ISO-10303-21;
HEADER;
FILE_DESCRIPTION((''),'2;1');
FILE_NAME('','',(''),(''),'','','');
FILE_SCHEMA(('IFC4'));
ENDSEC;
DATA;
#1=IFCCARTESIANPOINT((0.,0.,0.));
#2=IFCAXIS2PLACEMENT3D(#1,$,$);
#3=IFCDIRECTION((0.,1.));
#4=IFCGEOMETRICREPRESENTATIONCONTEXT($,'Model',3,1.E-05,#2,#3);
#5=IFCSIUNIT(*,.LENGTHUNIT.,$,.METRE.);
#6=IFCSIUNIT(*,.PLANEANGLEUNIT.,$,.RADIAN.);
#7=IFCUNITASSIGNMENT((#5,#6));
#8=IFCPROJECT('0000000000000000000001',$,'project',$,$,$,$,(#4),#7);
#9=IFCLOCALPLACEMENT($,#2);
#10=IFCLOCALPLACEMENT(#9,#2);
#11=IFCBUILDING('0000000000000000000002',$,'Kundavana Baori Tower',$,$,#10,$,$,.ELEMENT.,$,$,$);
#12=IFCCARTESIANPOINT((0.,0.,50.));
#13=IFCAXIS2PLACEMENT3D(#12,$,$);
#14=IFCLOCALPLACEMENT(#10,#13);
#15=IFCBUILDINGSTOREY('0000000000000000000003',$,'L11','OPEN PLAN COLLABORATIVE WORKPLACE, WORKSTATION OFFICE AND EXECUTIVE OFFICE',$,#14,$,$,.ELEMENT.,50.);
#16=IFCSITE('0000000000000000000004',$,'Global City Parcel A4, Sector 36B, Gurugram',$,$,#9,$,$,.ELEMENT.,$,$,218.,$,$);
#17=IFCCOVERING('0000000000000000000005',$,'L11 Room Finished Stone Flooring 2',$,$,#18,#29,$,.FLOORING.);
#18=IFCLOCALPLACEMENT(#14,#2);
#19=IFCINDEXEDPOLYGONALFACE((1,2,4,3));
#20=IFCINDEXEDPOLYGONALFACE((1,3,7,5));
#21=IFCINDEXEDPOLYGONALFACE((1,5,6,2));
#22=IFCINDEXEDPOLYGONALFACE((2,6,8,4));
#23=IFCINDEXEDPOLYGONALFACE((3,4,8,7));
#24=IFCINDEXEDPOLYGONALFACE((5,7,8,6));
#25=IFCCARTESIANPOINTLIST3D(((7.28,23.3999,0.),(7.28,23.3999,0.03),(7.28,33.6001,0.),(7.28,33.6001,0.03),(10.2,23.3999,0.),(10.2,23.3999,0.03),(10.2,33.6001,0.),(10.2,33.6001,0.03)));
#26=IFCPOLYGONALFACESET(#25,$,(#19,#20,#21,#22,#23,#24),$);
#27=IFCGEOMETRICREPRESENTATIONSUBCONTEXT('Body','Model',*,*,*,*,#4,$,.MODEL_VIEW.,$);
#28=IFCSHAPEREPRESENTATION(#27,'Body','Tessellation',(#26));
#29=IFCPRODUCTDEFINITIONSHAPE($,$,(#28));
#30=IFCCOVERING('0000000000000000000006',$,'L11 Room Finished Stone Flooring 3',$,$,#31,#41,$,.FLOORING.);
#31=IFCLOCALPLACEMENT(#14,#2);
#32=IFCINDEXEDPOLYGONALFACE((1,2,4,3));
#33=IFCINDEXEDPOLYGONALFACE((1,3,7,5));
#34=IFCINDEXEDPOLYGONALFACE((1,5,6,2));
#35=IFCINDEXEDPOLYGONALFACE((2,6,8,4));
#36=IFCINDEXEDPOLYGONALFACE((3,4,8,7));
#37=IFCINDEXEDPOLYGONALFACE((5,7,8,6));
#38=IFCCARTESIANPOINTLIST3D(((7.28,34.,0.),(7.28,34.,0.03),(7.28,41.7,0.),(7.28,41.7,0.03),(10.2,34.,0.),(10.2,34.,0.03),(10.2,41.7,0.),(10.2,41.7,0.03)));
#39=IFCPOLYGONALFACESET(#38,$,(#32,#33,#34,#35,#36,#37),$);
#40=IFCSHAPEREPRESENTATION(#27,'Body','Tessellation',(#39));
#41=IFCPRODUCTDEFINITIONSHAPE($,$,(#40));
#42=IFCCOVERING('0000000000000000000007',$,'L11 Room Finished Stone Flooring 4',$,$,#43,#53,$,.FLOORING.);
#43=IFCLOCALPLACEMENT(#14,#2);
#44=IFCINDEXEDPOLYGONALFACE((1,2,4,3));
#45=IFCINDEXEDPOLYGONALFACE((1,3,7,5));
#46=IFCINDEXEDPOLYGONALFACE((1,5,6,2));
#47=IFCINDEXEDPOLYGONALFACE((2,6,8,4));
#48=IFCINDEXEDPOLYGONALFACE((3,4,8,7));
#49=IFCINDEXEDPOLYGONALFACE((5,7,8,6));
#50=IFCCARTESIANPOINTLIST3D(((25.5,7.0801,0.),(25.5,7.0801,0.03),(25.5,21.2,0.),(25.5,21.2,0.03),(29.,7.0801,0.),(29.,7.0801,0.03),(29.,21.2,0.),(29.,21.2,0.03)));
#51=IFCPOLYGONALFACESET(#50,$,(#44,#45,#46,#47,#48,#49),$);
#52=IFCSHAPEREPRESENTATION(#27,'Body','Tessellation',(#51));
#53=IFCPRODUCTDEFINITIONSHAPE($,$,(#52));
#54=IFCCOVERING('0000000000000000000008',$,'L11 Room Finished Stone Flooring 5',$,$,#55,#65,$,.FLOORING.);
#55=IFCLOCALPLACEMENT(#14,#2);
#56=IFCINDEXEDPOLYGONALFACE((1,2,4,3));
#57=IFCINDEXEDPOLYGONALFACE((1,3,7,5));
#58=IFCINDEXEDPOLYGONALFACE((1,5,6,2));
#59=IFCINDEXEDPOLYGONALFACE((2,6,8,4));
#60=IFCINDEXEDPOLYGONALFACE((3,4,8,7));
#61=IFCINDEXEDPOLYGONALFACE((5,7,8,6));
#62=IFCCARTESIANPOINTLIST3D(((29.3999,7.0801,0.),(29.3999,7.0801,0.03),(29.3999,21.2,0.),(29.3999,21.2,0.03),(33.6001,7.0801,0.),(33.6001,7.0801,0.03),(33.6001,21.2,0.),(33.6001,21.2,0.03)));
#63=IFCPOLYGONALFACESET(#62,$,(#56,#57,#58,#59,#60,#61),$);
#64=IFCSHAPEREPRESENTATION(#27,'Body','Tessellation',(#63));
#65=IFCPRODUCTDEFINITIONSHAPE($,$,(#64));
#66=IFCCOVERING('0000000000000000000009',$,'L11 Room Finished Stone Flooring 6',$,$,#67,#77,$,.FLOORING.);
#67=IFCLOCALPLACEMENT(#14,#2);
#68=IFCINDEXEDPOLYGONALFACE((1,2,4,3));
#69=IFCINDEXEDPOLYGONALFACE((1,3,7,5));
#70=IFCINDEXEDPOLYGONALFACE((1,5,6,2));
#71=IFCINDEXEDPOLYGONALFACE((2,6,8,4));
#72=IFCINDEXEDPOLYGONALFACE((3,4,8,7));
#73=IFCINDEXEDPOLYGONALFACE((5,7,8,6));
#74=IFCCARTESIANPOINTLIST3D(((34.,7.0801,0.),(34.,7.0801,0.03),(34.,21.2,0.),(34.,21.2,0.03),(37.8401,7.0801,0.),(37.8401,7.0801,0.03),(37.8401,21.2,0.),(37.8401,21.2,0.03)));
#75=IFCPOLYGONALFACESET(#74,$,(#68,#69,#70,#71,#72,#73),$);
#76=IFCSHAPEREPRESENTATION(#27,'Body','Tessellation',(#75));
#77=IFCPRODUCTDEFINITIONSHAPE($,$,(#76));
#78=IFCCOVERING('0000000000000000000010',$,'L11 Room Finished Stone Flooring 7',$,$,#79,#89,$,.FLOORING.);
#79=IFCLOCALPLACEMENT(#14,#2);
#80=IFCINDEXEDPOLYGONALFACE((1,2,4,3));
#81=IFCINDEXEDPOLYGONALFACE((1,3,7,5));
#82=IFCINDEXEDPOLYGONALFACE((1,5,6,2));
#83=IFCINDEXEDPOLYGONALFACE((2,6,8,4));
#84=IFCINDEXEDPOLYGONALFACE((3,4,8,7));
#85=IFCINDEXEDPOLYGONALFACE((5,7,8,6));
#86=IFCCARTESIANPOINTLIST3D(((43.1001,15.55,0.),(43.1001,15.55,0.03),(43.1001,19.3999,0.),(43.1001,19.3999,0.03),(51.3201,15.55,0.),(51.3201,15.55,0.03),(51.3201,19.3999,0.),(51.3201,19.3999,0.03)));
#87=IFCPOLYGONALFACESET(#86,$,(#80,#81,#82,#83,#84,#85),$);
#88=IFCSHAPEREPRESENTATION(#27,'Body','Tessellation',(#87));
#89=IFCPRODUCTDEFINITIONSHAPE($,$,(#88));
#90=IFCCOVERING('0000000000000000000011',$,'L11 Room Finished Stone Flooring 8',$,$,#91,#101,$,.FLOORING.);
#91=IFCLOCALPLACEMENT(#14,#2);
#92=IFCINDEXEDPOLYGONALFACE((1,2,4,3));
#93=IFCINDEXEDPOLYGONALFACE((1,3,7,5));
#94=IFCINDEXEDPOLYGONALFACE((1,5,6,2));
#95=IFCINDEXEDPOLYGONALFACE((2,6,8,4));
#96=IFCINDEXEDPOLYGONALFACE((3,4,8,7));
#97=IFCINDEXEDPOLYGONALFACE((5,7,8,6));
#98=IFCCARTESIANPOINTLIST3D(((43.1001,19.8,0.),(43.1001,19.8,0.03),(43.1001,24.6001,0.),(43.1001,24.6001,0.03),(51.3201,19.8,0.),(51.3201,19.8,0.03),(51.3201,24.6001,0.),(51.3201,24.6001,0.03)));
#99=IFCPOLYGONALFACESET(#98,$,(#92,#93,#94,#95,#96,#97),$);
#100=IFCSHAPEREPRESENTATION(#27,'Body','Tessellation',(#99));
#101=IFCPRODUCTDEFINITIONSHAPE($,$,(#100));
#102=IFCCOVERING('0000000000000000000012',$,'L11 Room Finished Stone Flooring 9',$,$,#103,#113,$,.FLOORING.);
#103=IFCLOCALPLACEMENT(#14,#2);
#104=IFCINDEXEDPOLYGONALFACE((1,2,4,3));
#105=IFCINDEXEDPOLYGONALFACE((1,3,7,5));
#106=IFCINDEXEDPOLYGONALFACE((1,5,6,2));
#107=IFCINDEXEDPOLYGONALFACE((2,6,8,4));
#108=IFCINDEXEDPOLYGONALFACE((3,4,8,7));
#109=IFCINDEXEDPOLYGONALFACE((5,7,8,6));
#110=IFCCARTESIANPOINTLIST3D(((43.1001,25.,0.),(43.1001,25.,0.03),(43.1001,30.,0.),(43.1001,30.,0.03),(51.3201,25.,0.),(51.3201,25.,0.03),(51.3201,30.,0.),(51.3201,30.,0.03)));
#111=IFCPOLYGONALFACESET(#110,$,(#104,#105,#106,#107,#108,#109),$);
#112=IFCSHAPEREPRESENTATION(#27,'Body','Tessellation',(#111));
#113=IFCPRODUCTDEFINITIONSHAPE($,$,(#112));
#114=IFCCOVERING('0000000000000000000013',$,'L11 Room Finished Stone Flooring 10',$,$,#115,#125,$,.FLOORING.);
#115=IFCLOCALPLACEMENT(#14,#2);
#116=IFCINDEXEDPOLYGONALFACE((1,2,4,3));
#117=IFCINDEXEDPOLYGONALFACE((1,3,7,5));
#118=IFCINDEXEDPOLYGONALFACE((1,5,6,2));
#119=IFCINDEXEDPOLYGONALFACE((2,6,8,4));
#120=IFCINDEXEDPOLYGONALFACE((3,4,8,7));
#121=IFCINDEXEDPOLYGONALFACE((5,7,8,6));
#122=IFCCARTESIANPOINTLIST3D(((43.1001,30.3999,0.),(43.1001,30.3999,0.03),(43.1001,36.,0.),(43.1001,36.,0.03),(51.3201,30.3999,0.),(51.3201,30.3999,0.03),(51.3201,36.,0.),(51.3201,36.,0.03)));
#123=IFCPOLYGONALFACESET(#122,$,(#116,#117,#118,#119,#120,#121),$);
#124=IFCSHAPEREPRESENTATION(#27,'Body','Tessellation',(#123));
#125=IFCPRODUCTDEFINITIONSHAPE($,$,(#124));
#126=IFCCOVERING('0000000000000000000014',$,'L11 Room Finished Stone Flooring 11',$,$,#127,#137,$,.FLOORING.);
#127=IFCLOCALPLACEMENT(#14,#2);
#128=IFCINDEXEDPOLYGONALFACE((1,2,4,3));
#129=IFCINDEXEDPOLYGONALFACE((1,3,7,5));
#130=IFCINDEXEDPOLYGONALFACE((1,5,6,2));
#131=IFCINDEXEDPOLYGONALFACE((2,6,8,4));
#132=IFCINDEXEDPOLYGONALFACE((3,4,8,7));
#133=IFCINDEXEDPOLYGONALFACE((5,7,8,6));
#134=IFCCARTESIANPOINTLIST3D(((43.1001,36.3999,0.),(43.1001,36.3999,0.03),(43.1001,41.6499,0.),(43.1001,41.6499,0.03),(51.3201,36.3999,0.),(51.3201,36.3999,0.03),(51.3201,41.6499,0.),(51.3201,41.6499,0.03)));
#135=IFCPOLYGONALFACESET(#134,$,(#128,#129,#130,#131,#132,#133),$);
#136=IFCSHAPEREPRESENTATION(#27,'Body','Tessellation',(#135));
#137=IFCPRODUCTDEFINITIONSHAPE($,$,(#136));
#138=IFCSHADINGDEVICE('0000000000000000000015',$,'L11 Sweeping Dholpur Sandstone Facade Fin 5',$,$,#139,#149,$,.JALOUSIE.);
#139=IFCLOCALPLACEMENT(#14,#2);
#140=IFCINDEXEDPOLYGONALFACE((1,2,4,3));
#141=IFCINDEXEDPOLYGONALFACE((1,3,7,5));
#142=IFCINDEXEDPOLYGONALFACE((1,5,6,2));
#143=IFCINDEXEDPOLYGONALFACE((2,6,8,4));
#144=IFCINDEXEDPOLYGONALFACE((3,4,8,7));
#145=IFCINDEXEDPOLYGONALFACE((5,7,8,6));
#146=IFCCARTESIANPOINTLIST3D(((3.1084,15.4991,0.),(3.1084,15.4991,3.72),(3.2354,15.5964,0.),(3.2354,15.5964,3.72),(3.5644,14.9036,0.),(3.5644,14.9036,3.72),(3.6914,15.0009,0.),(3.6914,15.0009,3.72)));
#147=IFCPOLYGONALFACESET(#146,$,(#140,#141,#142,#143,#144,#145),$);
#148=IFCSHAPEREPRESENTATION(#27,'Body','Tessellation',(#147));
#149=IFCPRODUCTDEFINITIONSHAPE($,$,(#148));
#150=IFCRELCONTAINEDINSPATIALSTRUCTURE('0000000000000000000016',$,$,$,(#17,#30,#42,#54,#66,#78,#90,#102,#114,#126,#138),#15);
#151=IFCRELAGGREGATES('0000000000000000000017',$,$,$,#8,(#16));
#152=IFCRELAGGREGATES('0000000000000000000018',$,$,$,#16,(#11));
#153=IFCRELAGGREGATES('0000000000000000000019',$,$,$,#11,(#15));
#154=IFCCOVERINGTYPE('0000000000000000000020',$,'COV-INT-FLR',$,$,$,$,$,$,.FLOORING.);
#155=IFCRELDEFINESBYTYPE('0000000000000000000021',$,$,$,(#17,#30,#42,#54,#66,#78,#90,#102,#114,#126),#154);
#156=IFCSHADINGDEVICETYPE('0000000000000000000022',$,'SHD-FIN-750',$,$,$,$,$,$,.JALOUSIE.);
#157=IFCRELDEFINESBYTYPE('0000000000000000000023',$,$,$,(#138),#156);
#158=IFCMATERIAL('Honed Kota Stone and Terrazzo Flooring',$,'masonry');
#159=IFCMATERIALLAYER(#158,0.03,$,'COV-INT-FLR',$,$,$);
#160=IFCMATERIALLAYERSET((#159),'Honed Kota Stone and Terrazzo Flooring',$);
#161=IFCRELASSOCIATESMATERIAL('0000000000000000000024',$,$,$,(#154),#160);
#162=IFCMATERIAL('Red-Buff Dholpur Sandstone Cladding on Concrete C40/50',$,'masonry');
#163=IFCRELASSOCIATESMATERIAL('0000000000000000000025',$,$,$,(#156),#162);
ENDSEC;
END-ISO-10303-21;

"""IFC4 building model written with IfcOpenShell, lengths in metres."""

from ifc_helpers import new_model, si_unit, direction, frame, origin, origin_2d, place, context, subcontext, project, spatial, polyline, rectangle, outline, extrude, material, layer, layer_set, type_object, element, save


model = new_model("IFC4")

# Units and contexts
model_context = context("Model", 3, precision=1e-05, world=origin(), true_north=direction((0.0, 1.0)))
body_context = subcontext(model_context, "Body", "Model", "MODEL_VIEW")
ifc_project = project(units=[si_unit("LENGTHUNIT", "METRE"), si_unit("PLANEANGLEUNIT", "RADIAN")], contexts=[model_context])

# Site, building, storey
site_placement = place(None, origin())
site = spatial("IfcSite", under=ifc_project, at=site_placement, Name="Global City Parcel A4, Sector 36B, Gurugram", CompositionType="ELEMENT", RefElevation=218.0)
building_placement = place(site_placement, origin())
building = spatial("IfcBuilding", under=site, at=building_placement, Name="Kundavana Baori Tower", CompositionType="ELEMENT")
storey_placement = place(building_placement, frame((0.0, 0.0, 50.0)))
storey = spatial("IfcBuildingStorey", under=building, at=storey_placement, Name="L11", Description="OPEN PLAN COLLABORATIVE WORKPLACE, WORKSTATION OFFICE AND EXECUTIVE OFFICE", CompositionType="ELEMENT", Elevation=50.0)

# Coverings
ifc_material_1 = material(Name="Honed Kota Stone and Terrazzo Flooring", Category="masonry")
ifc_layer_1 = layer(ifc_material_1, 0.03, Name="COV-INT-FLR")
ifc_layer_set_1 = layer_set([ifc_layer_1], Name="Honed Kota Stone and Terrazzo Flooring")
covering_type_1 = type_object("IfcCoveringType", Name="COV-INT-FLR", PredefinedType="FLOORING", material=ifc_layer_set_1)
covering_1_placement = place(storey_placement, origin())
element("IfcCovering", 1, at=covering_1_placement, inside=storey, type_object=covering_type_1, Name="L11 Room Finished Stone Flooring 2", PredefinedType="FLOORING", context=body_context, shape_type="SweptSolid", body=[
    extrude(outline(polyline([(7.28, 23.3999), (10.2, 23.3999), (10.2, 33.6001), (7.28, 33.6001), (7.28, 23.3999)])), origin(), (0.0, 0.0, 1.0), 0.03),
])
covering_2_placement = place(storey_placement, origin())
element("IfcCovering", 2, at=covering_2_placement, inside=storey, type_object=covering_type_1, Name="L11 Room Finished Stone Flooring 3", PredefinedType="FLOORING", context=body_context, shape_type="SweptSolid", body=[
    extrude(outline(polyline([(7.28, 34.0), (10.2, 34.0), (10.2, 41.7), (7.28, 41.7), (7.28, 34.0)])), origin(), (0.0, 0.0, 1.0), 0.03),
])
covering_3_placement = place(storey_placement, origin())
element("IfcCovering", 3, at=covering_3_placement, inside=storey, type_object=covering_type_1, Name="L11 Room Finished Stone Flooring 4", PredefinedType="FLOORING", context=body_context, shape_type="SweptSolid", body=[
    extrude(outline(polyline([(25.5, 7.0801), (29.0, 7.0801), (29.0, 21.2), (25.5, 21.2), (25.5, 7.0801)])), origin(), (0.0, 0.0, 1.0), 0.03),
])
covering_4_placement = place(storey_placement, origin())
element("IfcCovering", 4, at=covering_4_placement, inside=storey, type_object=covering_type_1, Name="L11 Room Finished Stone Flooring 5", PredefinedType="FLOORING", context=body_context, shape_type="SweptSolid", body=[
    extrude(outline(polyline([(29.3999, 7.0801), (33.6001, 7.0801), (33.6001, 21.2), (29.3999, 21.2), (29.3999, 7.0801)])), origin(), (0.0, 0.0, 1.0), 0.03),
])
covering_5_placement = place(storey_placement, origin())
element("IfcCovering", 5, at=covering_5_placement, inside=storey, type_object=covering_type_1, Name="L11 Room Finished Stone Flooring 6", PredefinedType="FLOORING", context=body_context, shape_type="SweptSolid", body=[
    extrude(outline(polyline([(34.0, 7.0801), (37.8401, 7.0801), (37.8401, 21.2), (34.0, 21.2), (34.0, 7.0801)])), origin(), (0.0, 0.0, 1.0), 0.03),
])
covering_6_placement = place(storey_placement, origin())
element("IfcCovering", 6, at=covering_6_placement, inside=storey, type_object=covering_type_1, Name="L11 Room Finished Stone Flooring 7", PredefinedType="FLOORING", context=body_context, shape_type="SweptSolid", body=[
    extrude(outline(polyline([(43.1001, 15.55), (51.3201, 15.55), (51.3201, 19.3999), (43.1001, 19.3999), (43.1001, 15.55)])), origin(), (0.0, 0.0, 1.0), 0.03),
])
covering_7_placement = place(storey_placement, origin())
element("IfcCovering", 7, at=covering_7_placement, inside=storey, type_object=covering_type_1, Name="L11 Room Finished Stone Flooring 8", PredefinedType="FLOORING", context=body_context, shape_type="SweptSolid", body=[
    extrude(outline(polyline([(43.1001, 19.8), (51.3201, 19.8), (51.3201, 24.6001), (43.1001, 24.6001), (43.1001, 19.8)])), origin(), (0.0, 0.0, 1.0), 0.03),
])
covering_8_placement = place(storey_placement, origin())
element("IfcCovering", 8, at=covering_8_placement, inside=storey, type_object=covering_type_1, Name="L11 Room Finished Stone Flooring 9", PredefinedType="FLOORING", context=body_context, shape_type="SweptSolid", body=[
    extrude(outline(polyline([(43.1001, 25.0), (51.3201, 25.0), (51.3201, 30.0), (43.1001, 30.0), (43.1001, 25.0)])), origin(), (0.0, 0.0, 1.0), 0.03),
])
covering_9_placement = place(storey_placement, origin())
element("IfcCovering", 9, at=covering_9_placement, inside=storey, type_object=covering_type_1, Name="L11 Room Finished Stone Flooring 10", PredefinedType="FLOORING", context=body_context, shape_type="SweptSolid", body=[
    extrude(outline(polyline([(43.1001, 30.3999), (51.3201, 30.3999), (51.3201, 36.0), (43.1001, 36.0), (43.1001, 30.3999)])), origin(), (0.0, 0.0, 1.0), 0.03),
])
covering_10_placement = place(storey_placement, origin())
element("IfcCovering", 10, at=covering_10_placement, inside=storey, type_object=covering_type_1, Name="L11 Room Finished Stone Flooring 11", PredefinedType="FLOORING", context=body_context, shape_type="SweptSolid", body=[
    extrude(outline(polyline([(43.1001, 36.3999), (51.3201, 36.3999), (51.3201, 41.6499), (43.1001, 41.6499), (43.1001, 36.3999)])), origin(), (0.0, 0.0, 1.0), 0.03),
])

# Shading device
ifc_material_2 = material(Name="Red-Buff Dholpur Sandstone Cladding on Concrete C40/50", Category="masonry")
shading_device_type = type_object("IfcShadingDeviceType", Name="SHD-FIN-750", PredefinedType="JALOUSIE", material=ifc_material_2)
shading_device_placement = place(storey_placement, frame((3.3999, 15.25, 0.0), z_axis=(0.0, 0.0, 1.0), x_axis=(0.79399, 0.60793, 0.0)))
element("IfcShadingDevice", 11, at=shading_device_placement, inside=storey, type_object=shading_device_type, Name="L11 Sweeping Dholpur Sandstone Facade Fin 5", PredefinedType="JALOUSIE", context=body_context, shape_type="SweptSolid", body=[
    extrude(rectangle(XDim=0.1599, YDim=0.75, at=origin_2d()), origin(), (0.0, 0.0, 1.0), 3.72),
])

save(model, "model.ifc")
